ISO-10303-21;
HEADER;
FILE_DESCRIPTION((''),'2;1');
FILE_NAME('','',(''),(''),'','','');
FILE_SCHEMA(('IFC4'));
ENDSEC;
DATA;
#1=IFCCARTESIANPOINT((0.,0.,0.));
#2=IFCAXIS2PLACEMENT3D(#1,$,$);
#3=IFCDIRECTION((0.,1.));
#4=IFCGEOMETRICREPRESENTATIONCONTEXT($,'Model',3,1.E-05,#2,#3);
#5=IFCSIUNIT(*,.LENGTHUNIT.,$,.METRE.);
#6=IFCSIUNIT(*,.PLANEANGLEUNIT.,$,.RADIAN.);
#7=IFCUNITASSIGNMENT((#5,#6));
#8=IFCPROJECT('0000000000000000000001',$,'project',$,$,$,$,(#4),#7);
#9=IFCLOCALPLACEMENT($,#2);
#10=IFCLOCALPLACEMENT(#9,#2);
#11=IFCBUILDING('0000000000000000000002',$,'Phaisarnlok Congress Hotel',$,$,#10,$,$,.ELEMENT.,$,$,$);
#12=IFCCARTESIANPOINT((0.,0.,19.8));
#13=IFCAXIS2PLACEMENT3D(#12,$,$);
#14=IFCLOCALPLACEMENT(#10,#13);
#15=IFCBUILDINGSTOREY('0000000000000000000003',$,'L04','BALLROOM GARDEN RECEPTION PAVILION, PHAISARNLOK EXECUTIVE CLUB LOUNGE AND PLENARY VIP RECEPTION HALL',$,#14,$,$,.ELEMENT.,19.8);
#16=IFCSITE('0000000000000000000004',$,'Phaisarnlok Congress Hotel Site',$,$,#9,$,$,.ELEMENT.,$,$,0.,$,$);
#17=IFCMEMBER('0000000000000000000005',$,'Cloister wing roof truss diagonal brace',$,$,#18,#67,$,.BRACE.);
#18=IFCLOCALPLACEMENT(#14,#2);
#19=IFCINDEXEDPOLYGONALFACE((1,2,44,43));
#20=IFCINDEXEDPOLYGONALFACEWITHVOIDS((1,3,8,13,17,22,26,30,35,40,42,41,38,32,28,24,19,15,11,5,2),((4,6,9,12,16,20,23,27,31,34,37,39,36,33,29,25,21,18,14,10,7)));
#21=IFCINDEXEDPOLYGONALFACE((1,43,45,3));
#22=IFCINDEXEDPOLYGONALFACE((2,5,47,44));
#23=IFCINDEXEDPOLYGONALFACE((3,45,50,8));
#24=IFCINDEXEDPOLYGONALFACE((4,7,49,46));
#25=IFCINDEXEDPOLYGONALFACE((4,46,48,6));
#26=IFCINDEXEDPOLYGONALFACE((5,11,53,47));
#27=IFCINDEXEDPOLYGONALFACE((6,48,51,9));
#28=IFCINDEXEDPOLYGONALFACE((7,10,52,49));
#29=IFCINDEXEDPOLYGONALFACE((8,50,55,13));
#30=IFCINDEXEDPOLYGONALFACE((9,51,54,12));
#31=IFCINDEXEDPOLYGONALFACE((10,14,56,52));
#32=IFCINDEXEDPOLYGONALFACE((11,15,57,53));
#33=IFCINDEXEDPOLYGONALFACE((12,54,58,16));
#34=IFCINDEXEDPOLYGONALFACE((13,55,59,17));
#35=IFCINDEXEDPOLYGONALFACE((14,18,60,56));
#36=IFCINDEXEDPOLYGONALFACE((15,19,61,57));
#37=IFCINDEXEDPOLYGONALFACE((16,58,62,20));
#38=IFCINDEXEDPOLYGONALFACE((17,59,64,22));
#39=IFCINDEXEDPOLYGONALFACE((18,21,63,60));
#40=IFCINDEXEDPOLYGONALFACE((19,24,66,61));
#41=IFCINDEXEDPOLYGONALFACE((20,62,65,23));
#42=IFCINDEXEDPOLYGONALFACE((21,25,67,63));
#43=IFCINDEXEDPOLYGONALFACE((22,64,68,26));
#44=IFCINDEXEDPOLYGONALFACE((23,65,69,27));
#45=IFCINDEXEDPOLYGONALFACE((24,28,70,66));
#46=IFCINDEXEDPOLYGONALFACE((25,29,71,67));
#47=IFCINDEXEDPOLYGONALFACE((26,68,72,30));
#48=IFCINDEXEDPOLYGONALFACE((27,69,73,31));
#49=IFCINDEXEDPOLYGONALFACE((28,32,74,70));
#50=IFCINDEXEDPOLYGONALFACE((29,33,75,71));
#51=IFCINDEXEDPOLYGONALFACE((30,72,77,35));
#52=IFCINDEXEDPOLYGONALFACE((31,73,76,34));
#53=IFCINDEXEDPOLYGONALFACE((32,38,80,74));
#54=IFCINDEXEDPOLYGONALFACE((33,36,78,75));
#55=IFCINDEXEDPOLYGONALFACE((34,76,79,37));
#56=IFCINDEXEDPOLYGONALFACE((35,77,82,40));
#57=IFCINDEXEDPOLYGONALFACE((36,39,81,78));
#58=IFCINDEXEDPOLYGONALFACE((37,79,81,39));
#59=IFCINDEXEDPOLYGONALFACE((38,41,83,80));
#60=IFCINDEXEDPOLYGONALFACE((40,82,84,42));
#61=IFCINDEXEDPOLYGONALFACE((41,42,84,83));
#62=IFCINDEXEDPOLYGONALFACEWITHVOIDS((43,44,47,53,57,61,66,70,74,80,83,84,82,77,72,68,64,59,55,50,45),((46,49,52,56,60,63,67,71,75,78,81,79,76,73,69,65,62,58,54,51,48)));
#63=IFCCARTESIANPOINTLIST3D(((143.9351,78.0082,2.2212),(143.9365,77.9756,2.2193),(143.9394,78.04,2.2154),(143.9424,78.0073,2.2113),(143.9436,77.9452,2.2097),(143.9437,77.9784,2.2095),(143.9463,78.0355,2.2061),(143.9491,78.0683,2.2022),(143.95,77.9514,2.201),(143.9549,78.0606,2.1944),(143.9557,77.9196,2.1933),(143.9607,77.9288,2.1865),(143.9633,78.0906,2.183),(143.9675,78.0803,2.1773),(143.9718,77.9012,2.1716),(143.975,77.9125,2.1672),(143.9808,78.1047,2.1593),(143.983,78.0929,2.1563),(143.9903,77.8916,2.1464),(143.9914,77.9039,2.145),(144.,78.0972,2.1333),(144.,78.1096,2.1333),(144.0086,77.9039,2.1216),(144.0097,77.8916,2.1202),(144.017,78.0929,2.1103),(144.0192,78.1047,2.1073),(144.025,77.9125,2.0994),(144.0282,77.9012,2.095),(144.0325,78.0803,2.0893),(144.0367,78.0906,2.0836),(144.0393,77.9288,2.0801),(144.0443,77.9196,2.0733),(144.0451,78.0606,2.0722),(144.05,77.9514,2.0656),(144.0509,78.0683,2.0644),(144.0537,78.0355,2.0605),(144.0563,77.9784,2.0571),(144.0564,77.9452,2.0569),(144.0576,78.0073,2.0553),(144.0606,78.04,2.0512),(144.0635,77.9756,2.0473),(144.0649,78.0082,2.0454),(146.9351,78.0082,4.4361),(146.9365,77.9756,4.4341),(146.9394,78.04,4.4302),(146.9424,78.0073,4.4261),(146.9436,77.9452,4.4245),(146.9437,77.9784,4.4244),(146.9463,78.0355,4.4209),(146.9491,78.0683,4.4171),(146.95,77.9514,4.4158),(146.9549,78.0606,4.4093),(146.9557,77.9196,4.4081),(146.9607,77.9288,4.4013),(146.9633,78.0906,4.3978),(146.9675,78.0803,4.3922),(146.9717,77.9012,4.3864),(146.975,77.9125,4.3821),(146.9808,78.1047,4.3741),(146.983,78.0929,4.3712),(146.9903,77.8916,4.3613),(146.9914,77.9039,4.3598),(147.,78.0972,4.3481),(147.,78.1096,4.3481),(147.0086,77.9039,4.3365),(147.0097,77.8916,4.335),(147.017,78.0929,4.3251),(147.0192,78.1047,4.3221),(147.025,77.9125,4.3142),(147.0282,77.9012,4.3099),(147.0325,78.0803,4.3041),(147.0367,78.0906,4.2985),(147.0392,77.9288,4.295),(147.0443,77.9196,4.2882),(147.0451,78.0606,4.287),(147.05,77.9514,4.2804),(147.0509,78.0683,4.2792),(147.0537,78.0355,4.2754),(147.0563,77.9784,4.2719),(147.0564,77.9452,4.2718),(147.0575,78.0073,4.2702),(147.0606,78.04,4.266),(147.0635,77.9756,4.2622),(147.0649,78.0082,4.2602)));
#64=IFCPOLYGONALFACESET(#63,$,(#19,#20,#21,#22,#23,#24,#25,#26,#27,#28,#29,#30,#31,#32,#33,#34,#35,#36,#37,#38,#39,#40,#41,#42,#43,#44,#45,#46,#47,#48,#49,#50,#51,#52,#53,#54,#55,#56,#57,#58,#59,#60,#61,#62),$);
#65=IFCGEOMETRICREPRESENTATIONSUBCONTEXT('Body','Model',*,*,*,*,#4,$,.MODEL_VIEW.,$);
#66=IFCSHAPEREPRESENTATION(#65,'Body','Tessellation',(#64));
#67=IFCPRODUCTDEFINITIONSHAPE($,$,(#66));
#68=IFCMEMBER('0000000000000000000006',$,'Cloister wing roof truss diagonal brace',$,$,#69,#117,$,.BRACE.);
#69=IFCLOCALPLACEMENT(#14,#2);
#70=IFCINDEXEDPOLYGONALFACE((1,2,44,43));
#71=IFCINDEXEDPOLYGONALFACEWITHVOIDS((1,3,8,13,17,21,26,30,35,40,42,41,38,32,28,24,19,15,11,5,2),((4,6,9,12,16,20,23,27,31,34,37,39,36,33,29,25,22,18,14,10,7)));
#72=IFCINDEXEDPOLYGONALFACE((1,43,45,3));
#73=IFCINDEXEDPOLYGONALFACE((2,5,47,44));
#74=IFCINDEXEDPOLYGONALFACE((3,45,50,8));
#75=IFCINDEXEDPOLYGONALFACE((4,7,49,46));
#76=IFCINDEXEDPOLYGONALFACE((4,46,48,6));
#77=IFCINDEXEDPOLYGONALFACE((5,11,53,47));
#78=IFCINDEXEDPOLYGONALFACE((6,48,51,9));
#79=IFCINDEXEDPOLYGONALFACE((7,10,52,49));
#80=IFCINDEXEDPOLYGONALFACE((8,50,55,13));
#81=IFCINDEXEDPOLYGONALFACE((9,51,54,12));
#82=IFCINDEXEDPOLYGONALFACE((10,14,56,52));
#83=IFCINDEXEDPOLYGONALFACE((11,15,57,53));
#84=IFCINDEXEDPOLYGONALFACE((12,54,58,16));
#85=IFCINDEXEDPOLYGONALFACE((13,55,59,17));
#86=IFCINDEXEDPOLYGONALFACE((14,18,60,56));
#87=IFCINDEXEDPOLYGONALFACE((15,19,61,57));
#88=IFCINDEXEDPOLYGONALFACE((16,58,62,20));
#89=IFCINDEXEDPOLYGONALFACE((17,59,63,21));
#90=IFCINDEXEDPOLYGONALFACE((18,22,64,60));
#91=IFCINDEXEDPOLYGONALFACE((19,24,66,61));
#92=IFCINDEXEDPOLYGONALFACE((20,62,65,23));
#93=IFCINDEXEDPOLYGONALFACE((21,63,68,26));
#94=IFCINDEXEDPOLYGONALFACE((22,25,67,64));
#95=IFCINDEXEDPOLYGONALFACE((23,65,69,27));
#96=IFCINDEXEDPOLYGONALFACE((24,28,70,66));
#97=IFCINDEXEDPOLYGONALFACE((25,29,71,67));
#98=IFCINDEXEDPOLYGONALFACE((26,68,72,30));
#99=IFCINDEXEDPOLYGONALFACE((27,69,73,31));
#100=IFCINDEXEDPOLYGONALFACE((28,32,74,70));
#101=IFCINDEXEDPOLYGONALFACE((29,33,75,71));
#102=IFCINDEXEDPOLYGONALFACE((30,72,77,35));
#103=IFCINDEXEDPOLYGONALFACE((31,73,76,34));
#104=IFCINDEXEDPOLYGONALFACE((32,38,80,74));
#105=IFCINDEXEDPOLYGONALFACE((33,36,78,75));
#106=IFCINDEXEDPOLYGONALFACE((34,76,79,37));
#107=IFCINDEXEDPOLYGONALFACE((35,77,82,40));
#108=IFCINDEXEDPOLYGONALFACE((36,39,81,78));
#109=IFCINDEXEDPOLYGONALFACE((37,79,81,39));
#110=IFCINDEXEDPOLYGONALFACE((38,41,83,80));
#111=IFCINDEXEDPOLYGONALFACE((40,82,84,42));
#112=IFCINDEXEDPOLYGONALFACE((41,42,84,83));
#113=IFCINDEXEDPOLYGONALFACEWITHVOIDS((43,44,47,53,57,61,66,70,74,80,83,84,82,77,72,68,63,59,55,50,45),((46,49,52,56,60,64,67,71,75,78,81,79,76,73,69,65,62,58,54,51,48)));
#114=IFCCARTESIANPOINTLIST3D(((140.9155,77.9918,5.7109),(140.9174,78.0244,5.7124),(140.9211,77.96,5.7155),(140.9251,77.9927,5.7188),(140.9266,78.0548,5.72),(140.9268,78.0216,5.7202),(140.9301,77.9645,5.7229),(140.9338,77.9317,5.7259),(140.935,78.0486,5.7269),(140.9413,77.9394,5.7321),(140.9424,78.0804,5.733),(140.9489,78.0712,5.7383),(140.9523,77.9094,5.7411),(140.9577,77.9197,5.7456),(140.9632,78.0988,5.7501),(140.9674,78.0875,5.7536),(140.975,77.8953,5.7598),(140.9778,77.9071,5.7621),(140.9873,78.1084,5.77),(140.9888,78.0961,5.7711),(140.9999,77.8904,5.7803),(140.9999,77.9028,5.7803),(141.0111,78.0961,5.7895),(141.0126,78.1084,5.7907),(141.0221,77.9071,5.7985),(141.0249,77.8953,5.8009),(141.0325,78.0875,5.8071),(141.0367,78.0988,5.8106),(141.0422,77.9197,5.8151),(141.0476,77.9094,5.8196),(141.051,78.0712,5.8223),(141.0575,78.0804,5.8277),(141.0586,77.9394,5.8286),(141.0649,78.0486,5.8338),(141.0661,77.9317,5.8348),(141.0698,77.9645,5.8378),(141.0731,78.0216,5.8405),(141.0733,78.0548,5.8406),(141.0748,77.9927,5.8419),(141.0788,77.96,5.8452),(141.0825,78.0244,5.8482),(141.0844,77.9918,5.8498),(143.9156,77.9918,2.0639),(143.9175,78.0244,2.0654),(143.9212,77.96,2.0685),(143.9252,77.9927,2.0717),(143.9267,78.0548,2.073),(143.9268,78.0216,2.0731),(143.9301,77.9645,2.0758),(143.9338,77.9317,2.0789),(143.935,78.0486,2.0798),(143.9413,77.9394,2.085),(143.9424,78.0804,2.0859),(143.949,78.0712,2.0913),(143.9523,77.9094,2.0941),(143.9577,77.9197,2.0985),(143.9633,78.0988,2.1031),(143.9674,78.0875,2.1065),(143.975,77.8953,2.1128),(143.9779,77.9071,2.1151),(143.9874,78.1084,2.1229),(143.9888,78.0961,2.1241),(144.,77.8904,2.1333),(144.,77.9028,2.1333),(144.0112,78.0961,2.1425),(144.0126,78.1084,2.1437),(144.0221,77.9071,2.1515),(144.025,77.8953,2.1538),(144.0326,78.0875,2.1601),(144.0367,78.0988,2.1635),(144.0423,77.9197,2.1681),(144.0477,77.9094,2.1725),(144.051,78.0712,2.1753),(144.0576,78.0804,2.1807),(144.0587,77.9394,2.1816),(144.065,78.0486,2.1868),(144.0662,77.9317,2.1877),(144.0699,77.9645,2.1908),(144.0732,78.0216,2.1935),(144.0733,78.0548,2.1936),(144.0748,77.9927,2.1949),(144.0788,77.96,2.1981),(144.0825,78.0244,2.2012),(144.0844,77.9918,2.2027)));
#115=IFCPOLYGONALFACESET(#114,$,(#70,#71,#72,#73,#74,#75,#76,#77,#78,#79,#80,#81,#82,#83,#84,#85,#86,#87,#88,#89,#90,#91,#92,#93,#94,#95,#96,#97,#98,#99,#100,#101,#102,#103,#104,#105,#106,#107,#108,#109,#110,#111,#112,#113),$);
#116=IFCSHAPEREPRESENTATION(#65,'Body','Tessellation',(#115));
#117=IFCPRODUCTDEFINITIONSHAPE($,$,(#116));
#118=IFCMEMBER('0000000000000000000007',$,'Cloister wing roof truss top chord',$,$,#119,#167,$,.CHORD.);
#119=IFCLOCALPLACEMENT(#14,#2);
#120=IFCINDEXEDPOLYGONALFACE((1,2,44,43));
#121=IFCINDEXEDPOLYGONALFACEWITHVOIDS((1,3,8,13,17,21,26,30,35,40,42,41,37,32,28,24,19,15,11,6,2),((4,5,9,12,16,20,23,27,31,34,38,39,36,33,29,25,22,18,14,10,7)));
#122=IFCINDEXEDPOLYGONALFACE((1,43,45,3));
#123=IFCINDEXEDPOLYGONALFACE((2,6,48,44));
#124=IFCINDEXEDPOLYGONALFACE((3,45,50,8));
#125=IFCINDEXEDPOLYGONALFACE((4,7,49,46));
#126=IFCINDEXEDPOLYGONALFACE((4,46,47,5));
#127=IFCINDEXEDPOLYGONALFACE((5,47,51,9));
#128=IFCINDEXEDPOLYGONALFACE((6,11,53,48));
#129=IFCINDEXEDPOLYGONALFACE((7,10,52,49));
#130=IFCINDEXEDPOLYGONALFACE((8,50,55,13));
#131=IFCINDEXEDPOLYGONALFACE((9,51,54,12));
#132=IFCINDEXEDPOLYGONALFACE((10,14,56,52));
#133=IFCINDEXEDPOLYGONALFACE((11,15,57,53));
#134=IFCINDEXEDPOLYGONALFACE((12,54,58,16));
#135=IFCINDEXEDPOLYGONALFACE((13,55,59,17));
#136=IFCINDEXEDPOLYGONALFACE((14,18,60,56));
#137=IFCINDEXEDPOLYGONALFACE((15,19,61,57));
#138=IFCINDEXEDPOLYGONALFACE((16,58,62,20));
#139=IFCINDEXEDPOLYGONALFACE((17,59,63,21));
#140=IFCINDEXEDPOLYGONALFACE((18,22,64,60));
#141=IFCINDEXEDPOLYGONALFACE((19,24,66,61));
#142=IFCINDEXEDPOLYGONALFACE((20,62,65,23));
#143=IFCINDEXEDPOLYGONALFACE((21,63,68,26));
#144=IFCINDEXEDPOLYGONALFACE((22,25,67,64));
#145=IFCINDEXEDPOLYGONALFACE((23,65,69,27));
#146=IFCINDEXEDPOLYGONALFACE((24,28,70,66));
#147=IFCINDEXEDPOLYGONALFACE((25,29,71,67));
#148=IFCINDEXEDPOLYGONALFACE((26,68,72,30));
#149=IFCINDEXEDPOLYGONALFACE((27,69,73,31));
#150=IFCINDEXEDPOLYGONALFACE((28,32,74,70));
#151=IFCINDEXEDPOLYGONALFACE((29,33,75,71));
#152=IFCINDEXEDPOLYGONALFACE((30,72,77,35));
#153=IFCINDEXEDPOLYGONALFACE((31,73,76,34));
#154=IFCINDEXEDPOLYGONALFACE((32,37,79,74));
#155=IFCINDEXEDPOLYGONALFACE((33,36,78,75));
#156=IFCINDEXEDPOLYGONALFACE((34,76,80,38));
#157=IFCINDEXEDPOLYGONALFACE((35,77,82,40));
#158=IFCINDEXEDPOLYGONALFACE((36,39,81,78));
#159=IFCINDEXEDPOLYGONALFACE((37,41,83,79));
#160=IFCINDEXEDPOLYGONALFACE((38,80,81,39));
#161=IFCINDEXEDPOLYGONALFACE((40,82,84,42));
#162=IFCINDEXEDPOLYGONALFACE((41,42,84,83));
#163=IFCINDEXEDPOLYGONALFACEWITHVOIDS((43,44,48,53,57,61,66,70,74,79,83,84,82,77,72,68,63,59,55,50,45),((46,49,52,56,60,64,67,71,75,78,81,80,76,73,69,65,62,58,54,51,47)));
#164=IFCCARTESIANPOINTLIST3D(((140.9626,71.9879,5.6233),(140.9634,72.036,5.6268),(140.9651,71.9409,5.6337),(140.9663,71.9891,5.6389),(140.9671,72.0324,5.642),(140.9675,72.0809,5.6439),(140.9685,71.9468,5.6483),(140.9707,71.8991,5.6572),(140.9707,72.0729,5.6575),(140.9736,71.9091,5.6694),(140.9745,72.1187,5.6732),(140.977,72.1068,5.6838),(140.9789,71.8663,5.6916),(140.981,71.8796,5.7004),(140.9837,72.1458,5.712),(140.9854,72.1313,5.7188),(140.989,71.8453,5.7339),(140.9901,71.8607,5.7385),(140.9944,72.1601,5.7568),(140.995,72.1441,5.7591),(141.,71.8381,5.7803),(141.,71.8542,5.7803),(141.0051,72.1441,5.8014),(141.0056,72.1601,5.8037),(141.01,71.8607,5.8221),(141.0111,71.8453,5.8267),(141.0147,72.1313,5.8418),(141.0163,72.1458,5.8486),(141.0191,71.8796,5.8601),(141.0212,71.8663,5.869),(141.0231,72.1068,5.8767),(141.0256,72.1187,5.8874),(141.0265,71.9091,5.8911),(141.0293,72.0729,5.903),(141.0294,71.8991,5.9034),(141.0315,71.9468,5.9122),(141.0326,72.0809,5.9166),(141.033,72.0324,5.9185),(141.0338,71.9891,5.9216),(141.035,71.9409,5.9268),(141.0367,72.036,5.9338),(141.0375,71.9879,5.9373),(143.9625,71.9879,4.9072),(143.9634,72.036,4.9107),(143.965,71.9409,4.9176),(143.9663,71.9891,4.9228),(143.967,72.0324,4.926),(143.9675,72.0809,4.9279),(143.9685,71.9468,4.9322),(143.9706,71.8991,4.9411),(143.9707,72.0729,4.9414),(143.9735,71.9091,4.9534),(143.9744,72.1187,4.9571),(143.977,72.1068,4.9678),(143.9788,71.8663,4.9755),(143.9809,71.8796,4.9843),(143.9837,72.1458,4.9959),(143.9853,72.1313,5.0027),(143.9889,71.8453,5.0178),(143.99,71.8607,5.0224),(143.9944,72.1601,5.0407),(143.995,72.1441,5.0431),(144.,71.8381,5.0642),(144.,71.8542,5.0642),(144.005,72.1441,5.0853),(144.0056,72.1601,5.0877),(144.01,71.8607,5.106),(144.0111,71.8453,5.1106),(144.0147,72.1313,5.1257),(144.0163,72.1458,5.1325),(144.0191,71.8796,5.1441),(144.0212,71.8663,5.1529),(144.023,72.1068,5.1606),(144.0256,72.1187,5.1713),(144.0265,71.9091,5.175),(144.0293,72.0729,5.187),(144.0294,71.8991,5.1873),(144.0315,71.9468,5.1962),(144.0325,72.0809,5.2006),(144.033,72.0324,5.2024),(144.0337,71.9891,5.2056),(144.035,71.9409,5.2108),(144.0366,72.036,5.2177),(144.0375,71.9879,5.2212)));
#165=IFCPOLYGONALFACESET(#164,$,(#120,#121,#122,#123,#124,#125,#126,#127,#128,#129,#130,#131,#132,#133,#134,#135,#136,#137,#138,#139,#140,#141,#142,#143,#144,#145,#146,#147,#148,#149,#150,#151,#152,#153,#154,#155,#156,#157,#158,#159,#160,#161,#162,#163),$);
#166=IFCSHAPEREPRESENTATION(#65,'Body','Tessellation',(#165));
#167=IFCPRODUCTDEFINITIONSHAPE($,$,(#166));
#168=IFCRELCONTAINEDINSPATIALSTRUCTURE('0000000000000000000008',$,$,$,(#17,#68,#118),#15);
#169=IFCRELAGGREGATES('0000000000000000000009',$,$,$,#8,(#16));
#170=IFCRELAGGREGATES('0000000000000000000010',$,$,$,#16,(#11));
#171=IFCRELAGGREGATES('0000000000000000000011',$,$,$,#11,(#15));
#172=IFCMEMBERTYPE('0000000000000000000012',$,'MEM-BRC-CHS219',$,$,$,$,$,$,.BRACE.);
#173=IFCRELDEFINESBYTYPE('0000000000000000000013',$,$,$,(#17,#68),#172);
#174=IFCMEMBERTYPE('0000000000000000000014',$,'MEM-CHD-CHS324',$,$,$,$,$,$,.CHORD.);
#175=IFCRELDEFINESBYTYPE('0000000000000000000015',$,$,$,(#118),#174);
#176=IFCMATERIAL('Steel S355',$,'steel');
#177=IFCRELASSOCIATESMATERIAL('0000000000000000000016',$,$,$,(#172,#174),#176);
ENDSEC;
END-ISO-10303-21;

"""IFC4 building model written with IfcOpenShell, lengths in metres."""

from ifc_helpers import new_model, si_unit, direction, frame, origin, origin_2d, place, context, subcontext, project, spatial, hollow_circle, extrude, material, material_profile, profile_set, type_object, element, save


model = new_model("IFC4")

# Units and contexts
model_context = context("Model", 3, precision=1e-05, world=origin(), true_north=direction((0.0, 1.0)))
body_context = subcontext(model_context, "Body", "Model", "MODEL_VIEW")
ifc_project = project(units=[si_unit("LENGTHUNIT", "METRE"), si_unit("PLANEANGLEUNIT", "RADIAN")], contexts=[model_context])

# Site, building, storey
site_placement = place(None, origin())
site = spatial("IfcSite", under=ifc_project, at=site_placement, Name="Phaisarnlok Congress Hotel Site", CompositionType="ELEMENT", RefElevation=0.0)
building_placement = place(site_placement, origin())
building = spatial("IfcBuilding", under=site, at=building_placement, Name="Phaisarnlok Congress Hotel", CompositionType="ELEMENT")
storey_placement = place(building_placement, frame((0.0, 0.0, 19.8)))
storey = spatial("IfcBuildingStorey", under=building, at=storey_placement, Name="L04", Description="BALLROOM GARDEN RECEPTION PAVILION, PHAISARNLOK EXECUTIVE CLUB LOUNGE AND PLENARY VIP RECEPTION HALL", CompositionType="ELEMENT", Elevation=19.8)

# Shared definitions
ifc_material = material(Name="Steel S355", Category="steel")

# Members
ifc_material_profile_1 = material_profile(ifc_material, hollow_circle(Radius=0.1096, WallThickness=0.0125, at=origin_2d()), Name="CHS 219.1x12.5")
ifc_profile_set_1 = profile_set([ifc_material_profile_1], Name="Steel S355")
member_type_1 = type_object("IfcMemberType", Name="MEM-BRC-CHS219", PredefinedType="BRACE", material=ifc_profile_set_1)
member_1_placement = place(storey_placement, frame((144.0, 78.0, 2.1333), z_axis=(0.804503, 0.0, 0.593949), x_axis=(0.0, 1.0, 0.0)))
element("IfcMember", 1, at=member_1_placement, inside=storey, type_object=member_type_1, Name="Cloister wing roof truss diagonal brace", PredefinedType="BRACE", context=body_context, shape_type="SweptSolid", body=[
    extrude(hollow_circle(Radius=0.1096, WallThickness=0.0125, at=origin_2d()), origin(), (0.0, 0.0, 1.0), 3.729),
])
member_2_placement = place(storey_placement, frame((144.0, 78.0, 2.1333), z_axis=(-0.635279, 0.0, 0.772282), x_axis=(0.0, -1.0, 0.0)))
element("IfcMember", 2, at=member_2_placement, inside=storey, type_object=member_type_1, Name="Cloister wing roof truss diagonal brace", PredefinedType="BRACE", context=body_context, shape_type="SweptSolid", body=[
    extrude(hollow_circle(Radius=0.1096, WallThickness=0.0125, at=origin_2d()), origin(), (0.0, 0.0, 1.0), 4.7224),
])
ifc_material_profile_2 = material_profile(ifc_material, hollow_circle(Radius=0.1619, WallThickness=0.0161, at=origin_2d()), Name="CHS 323.9x16")
ifc_profile_set_2 = profile_set([ifc_material_profile_2], Name="Steel S355")
member_type_2 = type_object("IfcMemberType", Name="MEM-CHD-CHS324", PredefinedType="CHORD", material=ifc_profile_set_2)
for number, where, z_axis, x_axis, name in (
    (3, (144.0, 72.0, 5.0642), (-0.972676, 0.0, 0.232166), (0.0, -1.0, 0.0), "Cloister wing roof truss top chord"),
):
    element("IfcMember", number, at=place(storey_placement, frame(where, z_axis=z_axis, x_axis=x_axis)), inside=storey, type_object=member_type_2, Name=name, PredefinedType="CHORD", context=body_context, shape_type="SweptSolid", body=[
        extrude(hollow_circle(Radius=0.1619, WallThickness=0.0161, at=origin_2d()), origin(), (0.0, 0.0, 1.0), 3.0842),
    ])

save(model, "model.ifc")
